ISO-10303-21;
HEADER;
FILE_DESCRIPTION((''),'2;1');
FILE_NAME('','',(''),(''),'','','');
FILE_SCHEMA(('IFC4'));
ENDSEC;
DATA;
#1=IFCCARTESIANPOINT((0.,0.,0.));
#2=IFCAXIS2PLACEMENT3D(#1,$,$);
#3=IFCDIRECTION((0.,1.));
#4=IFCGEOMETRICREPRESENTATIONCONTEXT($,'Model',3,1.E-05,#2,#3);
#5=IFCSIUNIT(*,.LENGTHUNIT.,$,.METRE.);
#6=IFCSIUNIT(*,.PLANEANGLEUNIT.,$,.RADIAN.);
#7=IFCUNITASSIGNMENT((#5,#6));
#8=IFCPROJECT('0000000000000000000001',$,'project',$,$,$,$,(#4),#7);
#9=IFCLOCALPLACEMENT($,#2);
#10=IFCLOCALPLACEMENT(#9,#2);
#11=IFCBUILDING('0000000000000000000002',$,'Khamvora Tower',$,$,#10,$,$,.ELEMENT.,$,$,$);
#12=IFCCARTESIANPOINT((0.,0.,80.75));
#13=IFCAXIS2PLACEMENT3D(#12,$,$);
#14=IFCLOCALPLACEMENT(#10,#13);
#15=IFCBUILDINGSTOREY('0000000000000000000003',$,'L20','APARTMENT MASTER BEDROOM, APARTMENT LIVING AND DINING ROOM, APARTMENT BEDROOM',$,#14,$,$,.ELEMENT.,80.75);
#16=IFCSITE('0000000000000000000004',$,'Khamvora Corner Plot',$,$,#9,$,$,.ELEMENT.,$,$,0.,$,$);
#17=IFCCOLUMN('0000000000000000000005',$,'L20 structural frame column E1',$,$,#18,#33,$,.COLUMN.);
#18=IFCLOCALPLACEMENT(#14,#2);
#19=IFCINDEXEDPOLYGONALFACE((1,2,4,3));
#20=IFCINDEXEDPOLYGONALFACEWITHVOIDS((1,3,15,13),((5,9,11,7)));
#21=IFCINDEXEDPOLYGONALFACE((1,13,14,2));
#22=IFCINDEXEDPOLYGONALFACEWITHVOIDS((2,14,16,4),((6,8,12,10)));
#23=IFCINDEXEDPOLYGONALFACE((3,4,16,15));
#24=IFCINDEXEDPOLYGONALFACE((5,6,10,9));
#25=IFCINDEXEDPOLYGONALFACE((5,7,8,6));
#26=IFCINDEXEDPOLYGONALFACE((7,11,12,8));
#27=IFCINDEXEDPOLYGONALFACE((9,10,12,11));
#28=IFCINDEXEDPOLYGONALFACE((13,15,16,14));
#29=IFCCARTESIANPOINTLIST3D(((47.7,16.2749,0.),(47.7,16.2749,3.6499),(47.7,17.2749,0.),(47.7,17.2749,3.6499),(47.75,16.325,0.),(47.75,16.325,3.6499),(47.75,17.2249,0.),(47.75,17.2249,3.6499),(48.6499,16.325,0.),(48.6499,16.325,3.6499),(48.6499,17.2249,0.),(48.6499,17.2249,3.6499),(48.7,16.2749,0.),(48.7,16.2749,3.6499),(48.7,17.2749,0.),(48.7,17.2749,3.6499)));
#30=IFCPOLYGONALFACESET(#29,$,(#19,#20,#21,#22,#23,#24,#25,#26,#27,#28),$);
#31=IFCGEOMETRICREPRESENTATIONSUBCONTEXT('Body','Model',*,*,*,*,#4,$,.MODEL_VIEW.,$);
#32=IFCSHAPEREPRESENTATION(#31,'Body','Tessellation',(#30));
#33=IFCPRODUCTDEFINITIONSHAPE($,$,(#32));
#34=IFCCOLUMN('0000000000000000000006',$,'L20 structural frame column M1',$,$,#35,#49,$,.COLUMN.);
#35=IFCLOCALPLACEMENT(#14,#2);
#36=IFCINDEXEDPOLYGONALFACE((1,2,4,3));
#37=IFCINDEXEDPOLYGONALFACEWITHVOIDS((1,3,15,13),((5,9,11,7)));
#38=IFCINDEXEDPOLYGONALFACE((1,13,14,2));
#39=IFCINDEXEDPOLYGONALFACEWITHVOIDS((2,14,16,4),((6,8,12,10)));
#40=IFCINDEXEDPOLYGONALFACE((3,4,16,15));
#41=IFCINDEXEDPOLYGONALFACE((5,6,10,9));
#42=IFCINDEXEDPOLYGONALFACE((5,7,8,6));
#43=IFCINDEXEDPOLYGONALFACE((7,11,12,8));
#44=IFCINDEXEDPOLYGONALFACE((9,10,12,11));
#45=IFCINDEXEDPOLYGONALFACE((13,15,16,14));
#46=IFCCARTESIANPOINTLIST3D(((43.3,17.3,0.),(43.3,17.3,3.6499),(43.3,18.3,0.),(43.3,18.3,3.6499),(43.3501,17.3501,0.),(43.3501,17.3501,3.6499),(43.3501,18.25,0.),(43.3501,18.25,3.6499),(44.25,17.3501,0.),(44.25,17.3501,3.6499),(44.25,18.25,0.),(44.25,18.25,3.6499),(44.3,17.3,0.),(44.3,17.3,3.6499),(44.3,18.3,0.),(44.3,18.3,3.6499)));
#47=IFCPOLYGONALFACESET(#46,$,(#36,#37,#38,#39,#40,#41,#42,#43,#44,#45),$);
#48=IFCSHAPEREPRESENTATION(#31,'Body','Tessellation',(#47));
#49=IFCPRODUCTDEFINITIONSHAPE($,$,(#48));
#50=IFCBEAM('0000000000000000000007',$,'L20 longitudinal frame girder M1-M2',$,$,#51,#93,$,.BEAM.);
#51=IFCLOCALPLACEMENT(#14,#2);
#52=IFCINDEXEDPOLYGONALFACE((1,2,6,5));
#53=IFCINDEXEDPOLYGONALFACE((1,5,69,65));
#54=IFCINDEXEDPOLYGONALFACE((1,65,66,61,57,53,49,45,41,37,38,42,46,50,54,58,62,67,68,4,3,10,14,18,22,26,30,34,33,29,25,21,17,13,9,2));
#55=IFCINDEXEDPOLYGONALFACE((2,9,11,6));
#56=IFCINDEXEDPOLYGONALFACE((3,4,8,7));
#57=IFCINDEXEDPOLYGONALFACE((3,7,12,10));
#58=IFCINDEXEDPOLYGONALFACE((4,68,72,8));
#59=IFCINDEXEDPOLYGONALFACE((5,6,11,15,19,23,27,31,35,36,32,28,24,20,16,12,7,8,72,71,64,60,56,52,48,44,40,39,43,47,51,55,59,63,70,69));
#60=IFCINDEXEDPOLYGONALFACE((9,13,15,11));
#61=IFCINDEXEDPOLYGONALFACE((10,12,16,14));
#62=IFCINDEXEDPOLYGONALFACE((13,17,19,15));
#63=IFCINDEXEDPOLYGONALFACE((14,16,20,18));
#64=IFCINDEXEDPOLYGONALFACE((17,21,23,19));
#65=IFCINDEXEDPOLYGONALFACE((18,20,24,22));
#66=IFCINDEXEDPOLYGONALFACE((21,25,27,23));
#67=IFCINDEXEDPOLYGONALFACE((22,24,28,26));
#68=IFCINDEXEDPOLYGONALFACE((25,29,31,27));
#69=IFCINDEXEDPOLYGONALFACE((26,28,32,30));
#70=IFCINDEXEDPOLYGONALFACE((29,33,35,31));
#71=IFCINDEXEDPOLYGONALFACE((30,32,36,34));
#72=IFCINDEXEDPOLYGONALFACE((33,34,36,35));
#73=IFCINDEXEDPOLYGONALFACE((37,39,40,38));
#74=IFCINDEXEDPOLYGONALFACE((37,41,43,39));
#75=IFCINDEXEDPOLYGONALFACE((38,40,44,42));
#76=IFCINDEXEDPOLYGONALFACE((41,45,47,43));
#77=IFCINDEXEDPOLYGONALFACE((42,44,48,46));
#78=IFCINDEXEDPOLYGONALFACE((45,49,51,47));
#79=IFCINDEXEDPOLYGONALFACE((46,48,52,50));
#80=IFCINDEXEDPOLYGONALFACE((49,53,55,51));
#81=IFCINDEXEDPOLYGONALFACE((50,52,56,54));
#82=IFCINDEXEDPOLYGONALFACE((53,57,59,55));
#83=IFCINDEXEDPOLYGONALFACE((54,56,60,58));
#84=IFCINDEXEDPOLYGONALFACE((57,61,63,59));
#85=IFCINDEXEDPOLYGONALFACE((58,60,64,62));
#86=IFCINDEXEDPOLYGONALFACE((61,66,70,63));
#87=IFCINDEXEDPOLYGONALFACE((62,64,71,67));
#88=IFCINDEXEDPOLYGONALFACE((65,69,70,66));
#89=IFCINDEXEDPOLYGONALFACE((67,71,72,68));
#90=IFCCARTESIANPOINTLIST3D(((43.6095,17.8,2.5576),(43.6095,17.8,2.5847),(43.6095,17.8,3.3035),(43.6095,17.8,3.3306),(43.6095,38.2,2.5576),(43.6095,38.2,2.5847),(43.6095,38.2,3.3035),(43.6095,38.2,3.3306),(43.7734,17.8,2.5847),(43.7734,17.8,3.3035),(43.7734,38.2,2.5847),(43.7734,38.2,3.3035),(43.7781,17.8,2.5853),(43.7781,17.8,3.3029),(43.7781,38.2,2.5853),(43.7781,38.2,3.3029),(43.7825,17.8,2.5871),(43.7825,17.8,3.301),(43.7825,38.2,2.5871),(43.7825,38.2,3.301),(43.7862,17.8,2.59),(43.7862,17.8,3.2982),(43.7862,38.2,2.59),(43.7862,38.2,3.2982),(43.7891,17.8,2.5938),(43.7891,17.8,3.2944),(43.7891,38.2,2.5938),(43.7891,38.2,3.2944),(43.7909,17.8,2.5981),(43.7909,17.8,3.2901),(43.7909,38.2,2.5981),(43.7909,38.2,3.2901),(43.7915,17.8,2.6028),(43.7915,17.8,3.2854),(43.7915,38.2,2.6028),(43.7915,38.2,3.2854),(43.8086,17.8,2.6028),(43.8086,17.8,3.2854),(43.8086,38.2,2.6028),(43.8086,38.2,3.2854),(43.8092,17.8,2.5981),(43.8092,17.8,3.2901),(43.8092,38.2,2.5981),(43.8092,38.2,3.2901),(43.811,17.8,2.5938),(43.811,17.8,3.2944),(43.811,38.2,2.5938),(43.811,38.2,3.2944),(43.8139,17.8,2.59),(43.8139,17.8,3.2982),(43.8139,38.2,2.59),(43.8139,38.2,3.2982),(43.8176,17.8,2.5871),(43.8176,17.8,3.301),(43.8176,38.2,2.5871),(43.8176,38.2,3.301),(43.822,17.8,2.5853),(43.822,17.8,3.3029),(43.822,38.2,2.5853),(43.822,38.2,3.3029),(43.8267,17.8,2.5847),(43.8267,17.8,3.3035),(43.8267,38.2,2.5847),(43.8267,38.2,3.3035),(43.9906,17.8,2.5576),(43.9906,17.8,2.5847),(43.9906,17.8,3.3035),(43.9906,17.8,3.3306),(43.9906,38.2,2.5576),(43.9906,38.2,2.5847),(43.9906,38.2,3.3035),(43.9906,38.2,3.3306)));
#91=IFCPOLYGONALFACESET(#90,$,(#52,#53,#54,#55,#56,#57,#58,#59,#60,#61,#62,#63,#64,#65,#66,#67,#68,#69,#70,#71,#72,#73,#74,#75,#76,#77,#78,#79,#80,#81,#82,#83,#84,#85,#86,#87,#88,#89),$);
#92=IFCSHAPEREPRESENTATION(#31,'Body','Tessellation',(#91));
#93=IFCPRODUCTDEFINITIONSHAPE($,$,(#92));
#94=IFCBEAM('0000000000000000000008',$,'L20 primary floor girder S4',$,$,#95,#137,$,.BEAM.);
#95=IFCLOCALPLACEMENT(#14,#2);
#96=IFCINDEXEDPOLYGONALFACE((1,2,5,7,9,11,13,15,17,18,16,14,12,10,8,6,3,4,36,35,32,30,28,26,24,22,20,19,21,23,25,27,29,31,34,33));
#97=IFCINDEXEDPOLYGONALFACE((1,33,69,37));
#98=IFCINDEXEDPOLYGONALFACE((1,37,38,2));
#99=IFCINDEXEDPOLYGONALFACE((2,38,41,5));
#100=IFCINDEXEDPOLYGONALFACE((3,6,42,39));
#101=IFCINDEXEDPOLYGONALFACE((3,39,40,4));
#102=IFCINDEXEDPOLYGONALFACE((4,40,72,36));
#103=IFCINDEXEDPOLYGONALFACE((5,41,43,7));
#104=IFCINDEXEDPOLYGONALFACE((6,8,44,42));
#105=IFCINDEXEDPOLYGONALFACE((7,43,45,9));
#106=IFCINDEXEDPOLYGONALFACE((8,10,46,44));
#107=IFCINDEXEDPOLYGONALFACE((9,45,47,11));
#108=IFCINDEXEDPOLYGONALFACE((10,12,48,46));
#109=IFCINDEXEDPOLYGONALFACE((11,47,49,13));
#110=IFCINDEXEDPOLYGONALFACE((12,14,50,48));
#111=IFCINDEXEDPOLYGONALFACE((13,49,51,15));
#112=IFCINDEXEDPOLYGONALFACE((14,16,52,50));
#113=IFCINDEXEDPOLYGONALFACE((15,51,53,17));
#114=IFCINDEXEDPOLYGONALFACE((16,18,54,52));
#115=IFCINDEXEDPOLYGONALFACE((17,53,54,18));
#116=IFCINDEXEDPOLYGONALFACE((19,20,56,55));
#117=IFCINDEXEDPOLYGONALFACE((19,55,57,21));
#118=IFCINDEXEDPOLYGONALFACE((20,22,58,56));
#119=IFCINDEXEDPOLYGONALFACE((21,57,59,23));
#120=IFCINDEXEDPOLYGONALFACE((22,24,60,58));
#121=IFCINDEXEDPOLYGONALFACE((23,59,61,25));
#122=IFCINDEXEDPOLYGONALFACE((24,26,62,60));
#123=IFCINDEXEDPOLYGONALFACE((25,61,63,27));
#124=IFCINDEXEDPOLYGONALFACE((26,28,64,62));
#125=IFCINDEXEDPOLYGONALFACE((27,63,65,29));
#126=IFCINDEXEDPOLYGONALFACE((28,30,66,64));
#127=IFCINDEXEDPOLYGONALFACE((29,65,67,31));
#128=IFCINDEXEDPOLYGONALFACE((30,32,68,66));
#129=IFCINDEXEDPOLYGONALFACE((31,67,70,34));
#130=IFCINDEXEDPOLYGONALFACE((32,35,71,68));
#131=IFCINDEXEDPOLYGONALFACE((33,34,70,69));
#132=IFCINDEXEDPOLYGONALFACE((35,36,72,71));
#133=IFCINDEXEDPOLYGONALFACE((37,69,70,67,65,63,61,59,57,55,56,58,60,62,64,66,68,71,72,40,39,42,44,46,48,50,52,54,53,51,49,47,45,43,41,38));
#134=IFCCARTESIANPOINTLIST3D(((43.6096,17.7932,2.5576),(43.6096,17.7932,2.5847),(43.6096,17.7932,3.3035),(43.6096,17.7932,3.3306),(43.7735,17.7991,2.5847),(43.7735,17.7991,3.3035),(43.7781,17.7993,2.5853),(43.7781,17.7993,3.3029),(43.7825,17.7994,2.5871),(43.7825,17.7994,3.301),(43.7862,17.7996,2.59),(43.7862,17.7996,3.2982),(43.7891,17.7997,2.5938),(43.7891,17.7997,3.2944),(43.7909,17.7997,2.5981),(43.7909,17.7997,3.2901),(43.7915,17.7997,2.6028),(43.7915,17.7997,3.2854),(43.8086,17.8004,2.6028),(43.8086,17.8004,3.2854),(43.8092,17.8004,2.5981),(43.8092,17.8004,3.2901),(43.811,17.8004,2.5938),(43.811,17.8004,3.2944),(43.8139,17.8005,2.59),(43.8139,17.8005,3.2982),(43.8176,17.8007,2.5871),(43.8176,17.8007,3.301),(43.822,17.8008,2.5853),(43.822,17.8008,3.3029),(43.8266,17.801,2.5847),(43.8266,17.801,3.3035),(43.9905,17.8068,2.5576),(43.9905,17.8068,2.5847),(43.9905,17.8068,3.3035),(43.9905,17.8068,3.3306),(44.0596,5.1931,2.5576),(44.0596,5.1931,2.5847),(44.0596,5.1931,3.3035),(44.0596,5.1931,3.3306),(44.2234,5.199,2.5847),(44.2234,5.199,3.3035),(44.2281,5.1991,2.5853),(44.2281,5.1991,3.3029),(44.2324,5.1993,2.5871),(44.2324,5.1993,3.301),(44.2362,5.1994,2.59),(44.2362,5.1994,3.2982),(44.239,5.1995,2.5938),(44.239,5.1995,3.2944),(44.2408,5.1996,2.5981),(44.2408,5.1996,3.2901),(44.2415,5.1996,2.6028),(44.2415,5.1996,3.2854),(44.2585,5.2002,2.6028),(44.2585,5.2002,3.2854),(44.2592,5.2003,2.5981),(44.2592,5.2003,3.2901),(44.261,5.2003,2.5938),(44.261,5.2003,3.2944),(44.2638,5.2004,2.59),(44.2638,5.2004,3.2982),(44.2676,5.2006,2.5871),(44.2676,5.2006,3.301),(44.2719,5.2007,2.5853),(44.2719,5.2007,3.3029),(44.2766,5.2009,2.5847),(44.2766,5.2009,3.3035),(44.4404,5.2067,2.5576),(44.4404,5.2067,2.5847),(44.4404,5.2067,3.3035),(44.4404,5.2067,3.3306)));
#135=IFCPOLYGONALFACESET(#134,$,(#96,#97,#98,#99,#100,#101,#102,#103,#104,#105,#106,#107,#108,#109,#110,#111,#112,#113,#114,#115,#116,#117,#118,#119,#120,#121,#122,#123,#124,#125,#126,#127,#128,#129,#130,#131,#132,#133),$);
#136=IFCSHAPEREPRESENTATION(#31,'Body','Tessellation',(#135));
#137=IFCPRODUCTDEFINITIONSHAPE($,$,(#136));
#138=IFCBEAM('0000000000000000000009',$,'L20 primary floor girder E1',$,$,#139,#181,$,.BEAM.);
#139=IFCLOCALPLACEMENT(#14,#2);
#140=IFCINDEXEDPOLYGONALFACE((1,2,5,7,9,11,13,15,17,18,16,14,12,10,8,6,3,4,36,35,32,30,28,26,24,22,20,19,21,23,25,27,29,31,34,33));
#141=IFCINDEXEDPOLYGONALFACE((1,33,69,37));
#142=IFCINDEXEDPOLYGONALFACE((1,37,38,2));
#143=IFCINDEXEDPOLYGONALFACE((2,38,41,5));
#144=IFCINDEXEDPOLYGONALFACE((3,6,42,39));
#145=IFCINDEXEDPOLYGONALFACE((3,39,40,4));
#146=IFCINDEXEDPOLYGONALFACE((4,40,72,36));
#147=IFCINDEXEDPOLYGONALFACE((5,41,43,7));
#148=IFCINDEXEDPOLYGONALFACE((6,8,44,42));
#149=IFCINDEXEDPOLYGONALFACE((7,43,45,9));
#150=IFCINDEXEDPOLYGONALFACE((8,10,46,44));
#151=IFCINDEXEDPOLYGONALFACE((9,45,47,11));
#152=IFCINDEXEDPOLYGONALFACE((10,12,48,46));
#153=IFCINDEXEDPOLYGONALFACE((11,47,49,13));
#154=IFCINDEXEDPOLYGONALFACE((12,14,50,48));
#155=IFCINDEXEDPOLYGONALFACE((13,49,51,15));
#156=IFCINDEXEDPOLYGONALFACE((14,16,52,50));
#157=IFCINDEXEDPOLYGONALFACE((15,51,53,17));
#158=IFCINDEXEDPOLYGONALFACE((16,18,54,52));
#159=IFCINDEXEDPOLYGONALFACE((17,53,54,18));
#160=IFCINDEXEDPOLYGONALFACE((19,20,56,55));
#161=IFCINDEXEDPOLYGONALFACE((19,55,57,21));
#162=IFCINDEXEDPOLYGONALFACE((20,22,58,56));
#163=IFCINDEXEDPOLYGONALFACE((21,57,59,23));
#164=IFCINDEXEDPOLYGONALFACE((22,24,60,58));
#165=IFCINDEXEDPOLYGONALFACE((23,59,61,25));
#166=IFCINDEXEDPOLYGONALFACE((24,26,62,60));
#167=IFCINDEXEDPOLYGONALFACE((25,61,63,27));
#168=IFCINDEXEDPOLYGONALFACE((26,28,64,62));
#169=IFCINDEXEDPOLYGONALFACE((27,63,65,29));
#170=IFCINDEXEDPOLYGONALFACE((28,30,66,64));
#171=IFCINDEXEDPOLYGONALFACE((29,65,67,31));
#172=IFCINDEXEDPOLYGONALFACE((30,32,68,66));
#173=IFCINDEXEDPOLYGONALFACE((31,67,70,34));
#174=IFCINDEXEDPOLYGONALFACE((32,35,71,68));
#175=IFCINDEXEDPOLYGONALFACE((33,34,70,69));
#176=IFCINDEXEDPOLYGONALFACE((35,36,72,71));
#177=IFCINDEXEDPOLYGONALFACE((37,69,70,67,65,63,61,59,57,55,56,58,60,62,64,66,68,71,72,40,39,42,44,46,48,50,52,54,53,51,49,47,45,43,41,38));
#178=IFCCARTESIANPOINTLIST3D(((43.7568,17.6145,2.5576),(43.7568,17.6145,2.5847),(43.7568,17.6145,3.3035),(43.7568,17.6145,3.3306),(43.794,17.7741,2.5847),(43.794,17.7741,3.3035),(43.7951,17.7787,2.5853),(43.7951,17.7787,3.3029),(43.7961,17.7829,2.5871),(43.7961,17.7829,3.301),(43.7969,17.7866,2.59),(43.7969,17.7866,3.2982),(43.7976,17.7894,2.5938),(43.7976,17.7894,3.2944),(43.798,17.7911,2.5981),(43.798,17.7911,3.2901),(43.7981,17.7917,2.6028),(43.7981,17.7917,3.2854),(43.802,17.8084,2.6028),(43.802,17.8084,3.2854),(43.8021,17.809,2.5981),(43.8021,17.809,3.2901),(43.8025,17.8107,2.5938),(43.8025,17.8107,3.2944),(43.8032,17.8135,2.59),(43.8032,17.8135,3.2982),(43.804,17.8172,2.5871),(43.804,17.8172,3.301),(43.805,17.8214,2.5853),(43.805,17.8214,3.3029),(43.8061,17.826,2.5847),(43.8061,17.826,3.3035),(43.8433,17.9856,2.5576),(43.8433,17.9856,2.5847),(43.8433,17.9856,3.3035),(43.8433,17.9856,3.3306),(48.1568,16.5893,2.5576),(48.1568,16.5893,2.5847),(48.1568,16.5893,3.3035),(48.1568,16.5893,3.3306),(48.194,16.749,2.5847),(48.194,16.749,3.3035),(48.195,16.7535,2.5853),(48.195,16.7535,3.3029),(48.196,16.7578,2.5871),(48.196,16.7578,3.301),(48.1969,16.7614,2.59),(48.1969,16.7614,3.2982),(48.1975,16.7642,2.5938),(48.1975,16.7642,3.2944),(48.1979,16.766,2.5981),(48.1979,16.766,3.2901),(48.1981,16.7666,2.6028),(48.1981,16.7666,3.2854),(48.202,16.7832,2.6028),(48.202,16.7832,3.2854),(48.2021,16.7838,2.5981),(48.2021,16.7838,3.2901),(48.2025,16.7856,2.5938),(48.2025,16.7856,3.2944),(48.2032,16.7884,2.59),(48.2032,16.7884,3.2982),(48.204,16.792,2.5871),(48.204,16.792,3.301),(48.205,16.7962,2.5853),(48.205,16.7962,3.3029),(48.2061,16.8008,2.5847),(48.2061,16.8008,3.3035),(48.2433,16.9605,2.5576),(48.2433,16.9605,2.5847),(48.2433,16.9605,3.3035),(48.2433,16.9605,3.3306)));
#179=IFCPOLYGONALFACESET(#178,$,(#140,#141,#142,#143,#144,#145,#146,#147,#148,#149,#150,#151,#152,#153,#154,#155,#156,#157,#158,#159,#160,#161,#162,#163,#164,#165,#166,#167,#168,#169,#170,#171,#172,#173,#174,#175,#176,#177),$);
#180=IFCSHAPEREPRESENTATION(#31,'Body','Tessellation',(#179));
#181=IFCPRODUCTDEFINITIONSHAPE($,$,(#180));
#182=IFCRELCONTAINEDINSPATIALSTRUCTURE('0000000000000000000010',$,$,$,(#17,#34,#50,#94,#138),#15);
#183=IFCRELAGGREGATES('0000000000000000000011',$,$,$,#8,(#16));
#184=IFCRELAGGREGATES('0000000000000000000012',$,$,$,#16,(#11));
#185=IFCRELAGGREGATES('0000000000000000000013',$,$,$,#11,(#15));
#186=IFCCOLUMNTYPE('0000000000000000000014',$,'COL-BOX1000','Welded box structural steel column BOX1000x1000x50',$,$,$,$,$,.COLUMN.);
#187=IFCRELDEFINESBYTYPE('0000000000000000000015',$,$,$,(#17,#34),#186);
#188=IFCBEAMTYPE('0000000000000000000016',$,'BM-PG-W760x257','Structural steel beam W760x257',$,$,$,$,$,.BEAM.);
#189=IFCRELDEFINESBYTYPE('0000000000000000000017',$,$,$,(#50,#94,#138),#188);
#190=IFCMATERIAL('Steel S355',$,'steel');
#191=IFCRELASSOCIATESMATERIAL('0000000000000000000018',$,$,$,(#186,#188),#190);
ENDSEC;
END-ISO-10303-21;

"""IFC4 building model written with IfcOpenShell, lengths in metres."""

from ifc_helpers import new_model, si_unit, direction, frame, origin, origin_2d, place, context, subcontext, project, spatial, hollow_rectangle, i_section, extrude, material, material_profile, profile_set, type_object, element, save


model = new_model("IFC4")

# Units and contexts
model_context = context("Model", 3, precision=1e-05, world=origin(), true_north=direction((0.0, 1.0)))
body_context = subcontext(model_context, "Body", "Model", "MODEL_VIEW")
ifc_project = project(units=[si_unit("LENGTHUNIT", "METRE"), si_unit("PLANEANGLEUNIT", "RADIAN")], contexts=[model_context])

# Site, building, storey
site_placement = place(None, origin())
site = spatial("IfcSite", under=ifc_project, at=site_placement, Name="Khamvora Corner Plot", CompositionType="ELEMENT", RefElevation=0.0)
building_placement = place(site_placement, origin())
building = spatial("IfcBuilding", under=site, at=building_placement, Name="Khamvora Tower", CompositionType="ELEMENT")
storey_placement = place(building_placement, frame((0.0, 0.0, 80.75)))
storey = spatial("IfcBuildingStorey", under=building, at=storey_placement, Name="L20", Description="APARTMENT MASTER BEDROOM, APARTMENT LIVING AND DINING ROOM, APARTMENT BEDROOM", CompositionType="ELEMENT", Elevation=80.75)

# Columns
ifc_material_1 = material(Name="Steel S355", Category="steel")
ifc_material_profile_1 = material_profile(ifc_material_1, hollow_rectangle(XDim=1.0, YDim=1.0, WallThickness=0.05, at=origin_2d()), Name="BOX1000x1000x50")
ifc_profile_set_1 = profile_set([ifc_material_profile_1], Name="Steel S355")
column_type = type_object("IfcColumnType", Name="COL-BOX1000", Description="Welded box structural steel column BOX1000x1000x50", PredefinedType="COLUMN", material=ifc_profile_set_1)
for number, where, z_axis, x_axis, name in (
    (1, (48.2, 16.7749, 0.0), (0.0, 0.0, 1.0), (1.0, 0.0, 0.0), "L20 structural frame column E1"),
    (2, (43.8, 17.8, 0.0), (0.0, 0.0, 1.0), (1.0, 0.0, 0.0), "L20 structural frame column M1"),
):
    element("IfcColumn", number, at=place(storey_placement, frame(where, z_axis=z_axis, x_axis=x_axis)), inside=storey, type_object=column_type, Name=name, PredefinedType="COLUMN", context=body_context, shape_type="SweptSolid", body=[
        extrude(hollow_rectangle(XDim=1.0, YDim=1.0, WallThickness=0.05, at=origin_2d()), origin(), (0.0, 0.0, 1.0), 3.6499),
    ])

# Beams
ifc_material_profile_2 = material_profile(ifc_material_1, i_section(OverallWidth=0.3811, OverallDepth=0.7729, WebThickness=0.0171, FlangeThickness=0.0271, FilletRadius=0.0181, at=origin_2d()), Name="W760x257")
ifc_profile_set_2 = profile_set([ifc_material_profile_2], Name="Steel S355")
beam_type_1 = type_object("IfcBeamType", Name="BM-PG-W760x257", Description="Structural steel beam W760x257", PredefinedType="BEAM", material=ifc_profile_set_2)
beam_1_placement = place(storey_placement, frame((43.8, 17.8, 2.9441), z_axis=(0.0, 1.0, 0.0), x_axis=(-1.0, 0.0, 0.0)))
element("IfcBeam", 3, at=beam_1_placement, inside=storey, type_object=beam_type_1, Name="L20 longitudinal frame girder M1-M2", PredefinedType="BEAM", context=body_context, shape_type="SweptSolid", body=[
    extrude(i_section(OverallWidth=0.3811, OverallDepth=0.7729, WebThickness=0.0171, FlangeThickness=0.0271, FilletRadius=0.0181, at=origin_2d()), origin(), (0.0, 0.0, 1.0), 20.3999),
])
beam_2_placement = place(storey_placement, frame((43.8, 17.8, 2.9441), z_axis=(0.035687, -0.999363, 0.0), x_axis=(0.999363, 0.035687, 0.0)))
element("IfcBeam", 4, at=beam_2_placement, inside=storey, type_object=beam_type_1, Name="L20 primary floor girder S4", PredefinedType="BEAM", context=body_context, shape_type="SweptSolid", body=[
    extrude(i_section(OverallWidth=0.3811, OverallDepth=0.7729, WebThickness=0.0171, FlangeThickness=0.0271, FilletRadius=0.0181, at=origin_2d()), origin(), (0.0, 0.0, 1.0), 12.6082),
])
beam_3_placement = place(storey_placement, frame((43.8, 17.8, 2.9441), z_axis=(0.973915, -0.226915, 0.0), x_axis=(0.226915, 0.973915, 0.0)))
element("IfcBeam", 5, at=beam_3_placement, inside=storey, type_object=beam_type_1, Name="L20 primary floor girder E1", PredefinedType="BEAM", context=body_context, shape_type="SweptSolid", body=[
    extrude(i_section(OverallWidth=0.3811, OverallDepth=0.7729, WebThickness=0.0171, FlangeThickness=0.0271, FilletRadius=0.0181, at=origin_2d()), origin(), (0.0, 0.0, 1.0), 4.5178),
])

save(model, "model.ifc")
